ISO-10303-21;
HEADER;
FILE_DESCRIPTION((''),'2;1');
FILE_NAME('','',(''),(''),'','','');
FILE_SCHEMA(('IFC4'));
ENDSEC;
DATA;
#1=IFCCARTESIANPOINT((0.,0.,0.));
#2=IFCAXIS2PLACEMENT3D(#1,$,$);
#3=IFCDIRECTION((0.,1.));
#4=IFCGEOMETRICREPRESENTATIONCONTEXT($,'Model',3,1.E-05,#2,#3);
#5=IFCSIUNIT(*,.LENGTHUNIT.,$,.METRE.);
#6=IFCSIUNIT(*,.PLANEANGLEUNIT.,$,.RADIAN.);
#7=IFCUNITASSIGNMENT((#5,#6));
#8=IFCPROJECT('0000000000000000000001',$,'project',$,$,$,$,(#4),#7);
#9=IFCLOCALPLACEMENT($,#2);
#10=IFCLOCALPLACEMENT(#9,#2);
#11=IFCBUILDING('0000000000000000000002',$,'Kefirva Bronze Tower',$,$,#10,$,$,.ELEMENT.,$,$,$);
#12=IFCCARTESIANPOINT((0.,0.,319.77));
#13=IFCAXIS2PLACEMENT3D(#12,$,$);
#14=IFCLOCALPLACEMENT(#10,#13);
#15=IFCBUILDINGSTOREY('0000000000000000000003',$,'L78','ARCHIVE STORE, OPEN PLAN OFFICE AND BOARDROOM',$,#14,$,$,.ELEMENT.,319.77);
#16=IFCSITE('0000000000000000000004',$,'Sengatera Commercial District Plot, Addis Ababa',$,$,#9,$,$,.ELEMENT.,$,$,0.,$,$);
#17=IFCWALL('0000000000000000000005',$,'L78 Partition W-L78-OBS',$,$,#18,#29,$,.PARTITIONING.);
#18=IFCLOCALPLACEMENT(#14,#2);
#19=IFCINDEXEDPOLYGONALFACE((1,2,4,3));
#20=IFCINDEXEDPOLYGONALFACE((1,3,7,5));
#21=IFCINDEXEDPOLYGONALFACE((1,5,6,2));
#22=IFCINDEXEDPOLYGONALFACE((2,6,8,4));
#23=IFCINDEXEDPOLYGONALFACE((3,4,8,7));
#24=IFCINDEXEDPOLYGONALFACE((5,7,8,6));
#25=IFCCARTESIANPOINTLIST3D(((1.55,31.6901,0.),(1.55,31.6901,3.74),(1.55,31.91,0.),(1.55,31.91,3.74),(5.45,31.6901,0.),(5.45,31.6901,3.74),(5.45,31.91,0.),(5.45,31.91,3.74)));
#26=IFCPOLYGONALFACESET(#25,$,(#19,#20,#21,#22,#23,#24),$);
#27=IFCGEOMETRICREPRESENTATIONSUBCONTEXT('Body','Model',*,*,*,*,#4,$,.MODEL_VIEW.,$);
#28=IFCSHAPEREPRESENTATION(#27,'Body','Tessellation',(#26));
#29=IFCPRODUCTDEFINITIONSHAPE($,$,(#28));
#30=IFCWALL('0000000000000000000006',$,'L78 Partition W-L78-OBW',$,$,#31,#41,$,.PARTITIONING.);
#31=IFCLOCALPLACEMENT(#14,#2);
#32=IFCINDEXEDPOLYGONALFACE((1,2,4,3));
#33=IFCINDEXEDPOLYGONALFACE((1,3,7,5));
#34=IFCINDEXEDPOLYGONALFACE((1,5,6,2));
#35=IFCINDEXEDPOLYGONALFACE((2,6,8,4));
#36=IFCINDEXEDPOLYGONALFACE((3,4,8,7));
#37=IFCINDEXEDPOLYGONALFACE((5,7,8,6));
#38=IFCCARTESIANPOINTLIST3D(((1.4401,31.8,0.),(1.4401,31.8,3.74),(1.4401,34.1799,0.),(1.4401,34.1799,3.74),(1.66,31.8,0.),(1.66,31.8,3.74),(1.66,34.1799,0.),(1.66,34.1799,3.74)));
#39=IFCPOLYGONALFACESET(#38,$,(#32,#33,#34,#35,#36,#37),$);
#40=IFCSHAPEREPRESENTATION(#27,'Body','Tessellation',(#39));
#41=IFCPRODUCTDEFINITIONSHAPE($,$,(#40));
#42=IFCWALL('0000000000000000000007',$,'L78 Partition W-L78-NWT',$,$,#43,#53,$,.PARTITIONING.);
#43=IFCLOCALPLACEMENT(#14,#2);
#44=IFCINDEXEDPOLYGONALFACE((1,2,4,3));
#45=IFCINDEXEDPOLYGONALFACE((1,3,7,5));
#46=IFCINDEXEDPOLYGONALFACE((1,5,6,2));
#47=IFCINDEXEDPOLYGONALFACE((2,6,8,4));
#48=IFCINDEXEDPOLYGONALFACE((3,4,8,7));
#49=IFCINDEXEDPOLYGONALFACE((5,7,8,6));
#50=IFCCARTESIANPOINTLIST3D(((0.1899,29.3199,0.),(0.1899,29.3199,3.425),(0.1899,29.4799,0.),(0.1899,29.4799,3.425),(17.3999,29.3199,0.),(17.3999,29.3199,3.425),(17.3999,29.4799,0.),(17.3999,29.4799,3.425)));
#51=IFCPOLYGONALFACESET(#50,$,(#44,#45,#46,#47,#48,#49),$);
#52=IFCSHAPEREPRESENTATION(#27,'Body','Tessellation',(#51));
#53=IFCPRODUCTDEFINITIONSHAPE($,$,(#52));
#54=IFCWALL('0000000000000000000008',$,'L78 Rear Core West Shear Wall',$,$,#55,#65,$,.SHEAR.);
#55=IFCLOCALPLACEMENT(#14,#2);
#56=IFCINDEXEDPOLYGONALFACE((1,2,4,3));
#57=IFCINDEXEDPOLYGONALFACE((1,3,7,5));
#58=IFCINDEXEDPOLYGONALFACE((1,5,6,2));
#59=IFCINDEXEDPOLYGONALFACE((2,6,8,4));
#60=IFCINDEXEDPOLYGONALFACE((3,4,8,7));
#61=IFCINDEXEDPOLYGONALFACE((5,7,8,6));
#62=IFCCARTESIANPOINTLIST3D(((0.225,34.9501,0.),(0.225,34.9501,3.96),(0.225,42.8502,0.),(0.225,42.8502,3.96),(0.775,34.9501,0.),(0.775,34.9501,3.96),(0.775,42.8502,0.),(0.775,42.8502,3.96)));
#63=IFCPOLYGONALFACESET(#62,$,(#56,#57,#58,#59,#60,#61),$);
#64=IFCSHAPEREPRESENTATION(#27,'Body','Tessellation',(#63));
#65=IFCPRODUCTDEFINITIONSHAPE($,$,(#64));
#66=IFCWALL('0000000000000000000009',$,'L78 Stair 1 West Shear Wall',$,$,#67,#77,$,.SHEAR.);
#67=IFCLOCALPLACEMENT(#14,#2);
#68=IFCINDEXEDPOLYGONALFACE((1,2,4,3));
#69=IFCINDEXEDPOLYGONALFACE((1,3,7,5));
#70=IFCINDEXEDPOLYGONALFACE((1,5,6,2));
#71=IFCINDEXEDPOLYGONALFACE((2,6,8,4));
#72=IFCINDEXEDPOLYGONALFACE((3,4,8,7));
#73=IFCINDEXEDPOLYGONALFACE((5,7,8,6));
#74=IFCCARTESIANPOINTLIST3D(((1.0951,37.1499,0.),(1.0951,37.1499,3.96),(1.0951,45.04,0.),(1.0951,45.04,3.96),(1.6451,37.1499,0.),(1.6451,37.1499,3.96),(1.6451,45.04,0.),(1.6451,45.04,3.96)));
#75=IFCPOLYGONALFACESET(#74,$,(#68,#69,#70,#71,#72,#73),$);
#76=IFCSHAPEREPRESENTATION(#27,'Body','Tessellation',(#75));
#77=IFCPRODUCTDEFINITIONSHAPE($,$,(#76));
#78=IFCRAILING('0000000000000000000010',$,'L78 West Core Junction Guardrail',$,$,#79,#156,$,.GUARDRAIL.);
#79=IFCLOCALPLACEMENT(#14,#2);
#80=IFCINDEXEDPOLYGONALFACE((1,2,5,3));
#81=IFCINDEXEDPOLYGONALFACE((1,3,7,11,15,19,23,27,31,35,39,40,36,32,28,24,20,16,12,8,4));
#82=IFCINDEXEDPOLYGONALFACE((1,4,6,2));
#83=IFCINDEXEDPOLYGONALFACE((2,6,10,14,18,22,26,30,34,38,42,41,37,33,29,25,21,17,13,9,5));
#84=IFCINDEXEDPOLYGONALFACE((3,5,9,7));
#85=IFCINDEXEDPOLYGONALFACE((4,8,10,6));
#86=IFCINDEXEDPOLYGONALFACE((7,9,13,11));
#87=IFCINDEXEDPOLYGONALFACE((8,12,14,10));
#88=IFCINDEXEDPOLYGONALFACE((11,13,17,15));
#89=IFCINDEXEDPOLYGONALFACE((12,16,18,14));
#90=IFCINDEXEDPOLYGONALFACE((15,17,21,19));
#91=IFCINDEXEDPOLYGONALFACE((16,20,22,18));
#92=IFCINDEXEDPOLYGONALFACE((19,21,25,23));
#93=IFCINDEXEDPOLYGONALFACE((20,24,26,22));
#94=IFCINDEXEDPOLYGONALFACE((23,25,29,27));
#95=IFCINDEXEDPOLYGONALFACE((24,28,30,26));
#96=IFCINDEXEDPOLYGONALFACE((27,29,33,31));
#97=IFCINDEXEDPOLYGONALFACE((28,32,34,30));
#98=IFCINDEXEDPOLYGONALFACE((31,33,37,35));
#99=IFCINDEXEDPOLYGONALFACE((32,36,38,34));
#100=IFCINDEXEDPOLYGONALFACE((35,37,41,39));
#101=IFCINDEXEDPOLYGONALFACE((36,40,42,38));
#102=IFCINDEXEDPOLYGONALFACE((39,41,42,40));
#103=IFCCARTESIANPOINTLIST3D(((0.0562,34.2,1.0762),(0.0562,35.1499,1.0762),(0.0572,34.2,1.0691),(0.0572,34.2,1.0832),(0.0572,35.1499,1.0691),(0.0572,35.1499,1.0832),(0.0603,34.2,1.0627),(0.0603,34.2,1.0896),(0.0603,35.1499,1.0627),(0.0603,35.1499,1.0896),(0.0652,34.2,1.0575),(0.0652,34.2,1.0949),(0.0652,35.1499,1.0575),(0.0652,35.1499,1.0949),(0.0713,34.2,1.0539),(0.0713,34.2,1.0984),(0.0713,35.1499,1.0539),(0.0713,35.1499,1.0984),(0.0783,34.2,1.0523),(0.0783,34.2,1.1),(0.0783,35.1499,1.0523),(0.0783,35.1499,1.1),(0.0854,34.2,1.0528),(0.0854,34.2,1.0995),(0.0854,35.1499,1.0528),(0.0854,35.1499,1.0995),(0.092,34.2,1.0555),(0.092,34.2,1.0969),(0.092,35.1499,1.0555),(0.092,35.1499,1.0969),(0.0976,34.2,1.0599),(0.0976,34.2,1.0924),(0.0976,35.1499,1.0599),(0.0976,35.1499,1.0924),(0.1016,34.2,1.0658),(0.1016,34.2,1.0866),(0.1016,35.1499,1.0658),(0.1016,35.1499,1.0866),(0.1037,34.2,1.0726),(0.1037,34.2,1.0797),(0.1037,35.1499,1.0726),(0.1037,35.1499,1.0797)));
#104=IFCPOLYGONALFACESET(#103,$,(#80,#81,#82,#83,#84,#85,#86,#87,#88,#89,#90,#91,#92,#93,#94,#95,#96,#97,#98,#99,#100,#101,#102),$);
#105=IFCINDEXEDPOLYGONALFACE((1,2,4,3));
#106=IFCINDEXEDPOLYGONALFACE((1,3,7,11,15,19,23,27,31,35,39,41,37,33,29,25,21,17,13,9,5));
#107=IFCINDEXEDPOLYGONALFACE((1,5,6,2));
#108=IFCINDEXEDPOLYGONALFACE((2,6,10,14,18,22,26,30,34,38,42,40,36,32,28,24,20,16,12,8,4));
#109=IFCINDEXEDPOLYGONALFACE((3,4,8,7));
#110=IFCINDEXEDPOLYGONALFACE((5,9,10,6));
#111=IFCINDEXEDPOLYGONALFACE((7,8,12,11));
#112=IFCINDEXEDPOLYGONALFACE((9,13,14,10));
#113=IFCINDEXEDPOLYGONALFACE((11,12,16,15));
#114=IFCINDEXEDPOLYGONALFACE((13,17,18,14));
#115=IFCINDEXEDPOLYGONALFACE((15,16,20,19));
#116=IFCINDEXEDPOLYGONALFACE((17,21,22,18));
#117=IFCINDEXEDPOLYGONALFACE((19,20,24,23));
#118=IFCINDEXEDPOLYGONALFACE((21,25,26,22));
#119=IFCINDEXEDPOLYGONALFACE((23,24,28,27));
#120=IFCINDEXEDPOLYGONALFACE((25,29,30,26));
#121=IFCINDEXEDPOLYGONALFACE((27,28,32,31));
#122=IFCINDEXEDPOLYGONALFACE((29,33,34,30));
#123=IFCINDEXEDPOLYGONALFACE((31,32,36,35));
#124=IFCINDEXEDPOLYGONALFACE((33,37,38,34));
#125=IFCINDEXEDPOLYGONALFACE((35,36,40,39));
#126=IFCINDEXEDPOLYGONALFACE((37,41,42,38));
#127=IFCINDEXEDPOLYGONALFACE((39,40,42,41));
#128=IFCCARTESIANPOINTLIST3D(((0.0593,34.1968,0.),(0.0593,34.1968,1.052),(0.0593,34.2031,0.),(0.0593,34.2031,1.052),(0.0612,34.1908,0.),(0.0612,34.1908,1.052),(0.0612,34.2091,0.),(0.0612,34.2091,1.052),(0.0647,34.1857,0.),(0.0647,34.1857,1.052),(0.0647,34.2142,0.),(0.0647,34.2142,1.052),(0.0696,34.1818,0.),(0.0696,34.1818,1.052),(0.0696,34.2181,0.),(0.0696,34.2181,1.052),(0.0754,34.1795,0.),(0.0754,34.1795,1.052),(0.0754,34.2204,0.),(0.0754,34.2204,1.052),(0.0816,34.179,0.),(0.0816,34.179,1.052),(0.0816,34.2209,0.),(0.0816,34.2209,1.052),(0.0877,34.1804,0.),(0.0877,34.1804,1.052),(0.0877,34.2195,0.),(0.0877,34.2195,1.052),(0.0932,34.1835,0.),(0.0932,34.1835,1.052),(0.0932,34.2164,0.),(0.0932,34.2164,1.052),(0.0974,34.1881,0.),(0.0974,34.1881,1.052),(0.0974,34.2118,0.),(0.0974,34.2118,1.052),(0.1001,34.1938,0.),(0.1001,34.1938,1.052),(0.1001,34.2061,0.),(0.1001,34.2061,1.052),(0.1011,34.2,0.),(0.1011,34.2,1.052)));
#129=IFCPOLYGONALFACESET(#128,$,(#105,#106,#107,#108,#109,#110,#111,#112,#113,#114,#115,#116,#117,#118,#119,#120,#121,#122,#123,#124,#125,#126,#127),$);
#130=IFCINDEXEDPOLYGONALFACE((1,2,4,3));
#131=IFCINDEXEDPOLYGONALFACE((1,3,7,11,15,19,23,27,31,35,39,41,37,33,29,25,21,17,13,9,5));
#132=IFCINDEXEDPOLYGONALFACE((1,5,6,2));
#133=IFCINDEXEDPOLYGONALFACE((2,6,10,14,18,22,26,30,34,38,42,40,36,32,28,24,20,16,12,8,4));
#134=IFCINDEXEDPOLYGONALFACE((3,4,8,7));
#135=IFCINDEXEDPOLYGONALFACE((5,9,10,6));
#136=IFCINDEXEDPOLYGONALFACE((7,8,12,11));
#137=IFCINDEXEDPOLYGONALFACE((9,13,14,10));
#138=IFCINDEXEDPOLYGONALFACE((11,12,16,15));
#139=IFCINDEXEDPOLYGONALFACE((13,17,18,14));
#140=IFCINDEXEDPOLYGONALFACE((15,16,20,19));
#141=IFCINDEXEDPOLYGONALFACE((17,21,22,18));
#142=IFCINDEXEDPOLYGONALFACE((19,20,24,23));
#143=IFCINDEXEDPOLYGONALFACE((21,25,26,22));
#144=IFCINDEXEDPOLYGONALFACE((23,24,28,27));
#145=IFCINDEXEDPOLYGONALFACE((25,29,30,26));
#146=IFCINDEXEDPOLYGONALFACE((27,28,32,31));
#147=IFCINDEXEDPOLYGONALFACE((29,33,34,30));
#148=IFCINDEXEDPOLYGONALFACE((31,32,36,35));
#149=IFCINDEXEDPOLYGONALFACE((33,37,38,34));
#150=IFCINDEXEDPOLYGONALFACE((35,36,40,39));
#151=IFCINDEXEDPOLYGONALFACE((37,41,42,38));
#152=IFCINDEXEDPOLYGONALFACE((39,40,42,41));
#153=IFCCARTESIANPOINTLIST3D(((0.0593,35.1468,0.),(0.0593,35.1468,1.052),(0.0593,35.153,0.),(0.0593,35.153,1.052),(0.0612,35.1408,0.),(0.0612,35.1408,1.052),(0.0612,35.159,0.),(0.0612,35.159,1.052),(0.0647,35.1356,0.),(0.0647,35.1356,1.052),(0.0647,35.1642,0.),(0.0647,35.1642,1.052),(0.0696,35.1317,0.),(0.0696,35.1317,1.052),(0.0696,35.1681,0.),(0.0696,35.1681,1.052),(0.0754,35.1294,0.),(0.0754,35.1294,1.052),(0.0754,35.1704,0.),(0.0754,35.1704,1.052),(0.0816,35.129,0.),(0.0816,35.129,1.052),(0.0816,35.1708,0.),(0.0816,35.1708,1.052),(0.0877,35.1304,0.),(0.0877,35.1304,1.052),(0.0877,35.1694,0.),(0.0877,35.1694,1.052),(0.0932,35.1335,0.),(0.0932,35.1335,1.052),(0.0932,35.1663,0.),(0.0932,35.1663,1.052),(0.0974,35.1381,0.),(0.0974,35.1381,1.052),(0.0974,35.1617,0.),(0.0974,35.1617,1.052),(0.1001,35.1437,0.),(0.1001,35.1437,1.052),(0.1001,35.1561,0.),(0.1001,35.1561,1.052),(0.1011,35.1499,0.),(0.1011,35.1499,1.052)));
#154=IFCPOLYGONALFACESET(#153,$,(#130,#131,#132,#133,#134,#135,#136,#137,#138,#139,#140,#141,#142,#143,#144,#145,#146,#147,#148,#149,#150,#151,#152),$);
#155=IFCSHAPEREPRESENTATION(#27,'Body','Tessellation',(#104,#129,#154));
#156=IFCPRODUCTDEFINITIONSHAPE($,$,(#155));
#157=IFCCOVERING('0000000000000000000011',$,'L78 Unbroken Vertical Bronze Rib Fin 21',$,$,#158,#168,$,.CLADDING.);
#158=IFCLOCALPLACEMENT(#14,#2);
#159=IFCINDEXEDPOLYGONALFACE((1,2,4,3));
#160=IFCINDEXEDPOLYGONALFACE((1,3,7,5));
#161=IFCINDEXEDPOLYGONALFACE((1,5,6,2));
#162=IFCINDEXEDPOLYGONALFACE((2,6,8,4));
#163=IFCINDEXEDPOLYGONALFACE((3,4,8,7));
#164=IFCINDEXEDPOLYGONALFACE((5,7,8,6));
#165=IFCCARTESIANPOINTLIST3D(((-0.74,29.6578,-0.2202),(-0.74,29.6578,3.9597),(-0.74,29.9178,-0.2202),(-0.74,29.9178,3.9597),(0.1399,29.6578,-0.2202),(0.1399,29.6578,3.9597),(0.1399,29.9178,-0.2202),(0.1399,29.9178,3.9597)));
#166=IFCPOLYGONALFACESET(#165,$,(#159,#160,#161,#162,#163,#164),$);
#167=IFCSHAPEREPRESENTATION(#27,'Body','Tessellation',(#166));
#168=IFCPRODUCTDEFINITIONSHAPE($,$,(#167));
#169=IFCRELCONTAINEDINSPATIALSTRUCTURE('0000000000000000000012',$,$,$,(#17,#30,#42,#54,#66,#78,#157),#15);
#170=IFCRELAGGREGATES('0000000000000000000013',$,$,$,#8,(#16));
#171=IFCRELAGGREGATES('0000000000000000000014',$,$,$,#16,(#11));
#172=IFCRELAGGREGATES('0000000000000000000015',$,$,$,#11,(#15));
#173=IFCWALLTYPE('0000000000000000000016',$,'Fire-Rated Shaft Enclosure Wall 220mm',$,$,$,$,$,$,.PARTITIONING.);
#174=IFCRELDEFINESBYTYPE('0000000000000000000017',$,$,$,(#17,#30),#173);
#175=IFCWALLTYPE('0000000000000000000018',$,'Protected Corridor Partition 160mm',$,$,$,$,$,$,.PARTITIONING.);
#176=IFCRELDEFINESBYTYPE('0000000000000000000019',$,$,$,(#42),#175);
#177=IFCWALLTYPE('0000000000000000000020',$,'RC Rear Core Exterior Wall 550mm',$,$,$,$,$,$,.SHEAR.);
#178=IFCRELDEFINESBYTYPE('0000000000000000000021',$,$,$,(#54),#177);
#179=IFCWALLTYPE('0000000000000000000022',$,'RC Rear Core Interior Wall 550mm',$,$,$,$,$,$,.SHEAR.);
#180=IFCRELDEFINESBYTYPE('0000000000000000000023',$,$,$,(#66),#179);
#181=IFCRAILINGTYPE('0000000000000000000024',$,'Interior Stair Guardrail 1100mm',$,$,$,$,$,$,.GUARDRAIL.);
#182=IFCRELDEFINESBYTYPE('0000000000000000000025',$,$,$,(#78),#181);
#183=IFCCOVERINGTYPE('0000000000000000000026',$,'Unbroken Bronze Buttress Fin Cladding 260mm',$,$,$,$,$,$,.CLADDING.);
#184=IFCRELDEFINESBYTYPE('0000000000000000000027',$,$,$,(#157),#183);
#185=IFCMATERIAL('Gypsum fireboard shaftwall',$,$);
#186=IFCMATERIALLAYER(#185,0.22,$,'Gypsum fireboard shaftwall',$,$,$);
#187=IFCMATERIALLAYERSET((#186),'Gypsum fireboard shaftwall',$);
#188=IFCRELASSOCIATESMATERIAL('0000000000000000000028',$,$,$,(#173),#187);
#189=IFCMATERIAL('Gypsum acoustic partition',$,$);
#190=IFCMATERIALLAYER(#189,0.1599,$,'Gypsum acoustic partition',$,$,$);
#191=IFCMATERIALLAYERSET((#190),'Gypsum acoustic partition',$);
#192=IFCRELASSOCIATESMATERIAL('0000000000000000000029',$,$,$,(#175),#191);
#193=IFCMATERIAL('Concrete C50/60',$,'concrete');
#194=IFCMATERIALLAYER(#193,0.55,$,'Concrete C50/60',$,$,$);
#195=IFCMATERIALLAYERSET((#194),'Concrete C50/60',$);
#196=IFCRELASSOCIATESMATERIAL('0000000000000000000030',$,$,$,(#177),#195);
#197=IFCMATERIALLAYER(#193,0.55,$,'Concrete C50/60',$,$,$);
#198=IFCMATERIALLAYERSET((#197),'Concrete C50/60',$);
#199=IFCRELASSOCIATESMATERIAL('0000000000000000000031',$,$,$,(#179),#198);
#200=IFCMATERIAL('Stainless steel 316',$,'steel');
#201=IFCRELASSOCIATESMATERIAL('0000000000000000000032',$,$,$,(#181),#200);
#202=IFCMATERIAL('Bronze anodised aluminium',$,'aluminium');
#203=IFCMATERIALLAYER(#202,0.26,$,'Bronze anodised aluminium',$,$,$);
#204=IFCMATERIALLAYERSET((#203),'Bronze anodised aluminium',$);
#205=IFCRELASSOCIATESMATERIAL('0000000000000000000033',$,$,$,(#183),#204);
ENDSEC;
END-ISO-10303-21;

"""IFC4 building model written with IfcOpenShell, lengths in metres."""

from ifc_helpers import new_model, si_unit, direction, frame, frame_2d, origin, origin_2d, place, context, subcontext, project, spatial, rectangle, circle, extrude, material, layer, layer_set, type_object, element, save


model = new_model("IFC4")

# Units and contexts
model_context = context("Model", 3, precision=1e-05, world=origin(), true_north=direction((0.0, 1.0)))
body_context = subcontext(model_context, "Body", "Model", "MODEL_VIEW")
ifc_project = project(units=[si_unit("LENGTHUNIT", "METRE"), si_unit("PLANEANGLEUNIT", "RADIAN")], contexts=[model_context])

# Site, building, storey
site_placement = place(None, origin())
site = spatial("IfcSite", under=ifc_project, at=site_placement, Name="Sengatera Commercial District Plot, Addis Ababa", CompositionType="ELEMENT", RefElevation=0.0)
building_placement = place(site_placement, origin())
building = spatial("IfcBuilding", under=site, at=building_placement, Name="Kefirva Bronze Tower", CompositionType="ELEMENT")
storey_placement = place(building_placement, frame((0.0, 0.0, 319.77)))
storey = spatial("IfcBuildingStorey", under=building, at=storey_placement, Name="L78", Description="ARCHIVE STORE, OPEN PLAN OFFICE AND BOARDROOM", CompositionType="ELEMENT", Elevation=319.77)

# Shared definitions
ifc_material_1 = material(Name="Concrete C50/60", Category="concrete")

# Shared definitions
ifc_material_2 = material(Name="Bronze anodised aluminium", Category="aluminium")

# Walls
ifc_material_3 = material(Name="Gypsum fireboard shaftwall")
ifc_layer_1 = layer(ifc_material_3, 0.22, Name="Gypsum fireboard shaftwall")
ifc_layer_set_1 = layer_set([ifc_layer_1], Name="Gypsum fireboard shaftwall")
wall_type_1 = type_object("IfcWallType", Name="Fire-Rated Shaft Enclosure Wall 220mm", PredefinedType="PARTITIONING", material=ifc_layer_set_1)
wall_1_placement = place(storey_placement, frame((1.55, 31.8, 0.0), z_axis=(0.0, 0.0, 1.0), x_axis=(1.0, 0.0, 0.0)))
element("IfcWall", 1, at=wall_1_placement, inside=storey, type_object=wall_type_1, Name="L78 Partition W-L78-OBS", PredefinedType="PARTITIONING", context=body_context, shape_type="SweptSolid", body=[
    extrude(rectangle(XDim=3.8999, YDim=0.22, at=frame_2d((1.95, 0.0))), origin(), (0.0, 0.0, 1.0), 3.74),
])
wall_2_placement = place(storey_placement, frame((1.55, 31.8, 0.0), z_axis=(0.0, 0.0, 1.0), x_axis=(0.0, 1.0, 0.0)))
element("IfcWall", 2, at=wall_2_placement, inside=storey, type_object=wall_type_1, Name="L78 Partition W-L78-OBW", PredefinedType="PARTITIONING", context=body_context, shape_type="SweptSolid", body=[
    extrude(rectangle(XDim=2.3799, YDim=0.22, at=frame_2d((1.1899, 0.0))), origin(), (0.0, 0.0, 1.0), 3.74),
])
ifc_material_4 = material(Name="Gypsum acoustic partition")
ifc_layer_2 = layer(ifc_material_4, 0.1599, Name="Gypsum acoustic partition")
ifc_layer_set_2 = layer_set([ifc_layer_2], Name="Gypsum acoustic partition")
wall_type_2 = type_object("IfcWallType", Name="Protected Corridor Partition 160mm", PredefinedType="PARTITIONING", material=ifc_layer_set_2)
wall_3_placement = place(storey_placement, frame((0.1899, 29.3999, 0.0), z_axis=(0.0, 0.0, 1.0), x_axis=(1.0, 0.0, 0.0)))
element("IfcWall", 3, at=wall_3_placement, inside=storey, type_object=wall_type_2, Name="L78 Partition W-L78-NWT", PredefinedType="PARTITIONING", context=body_context, shape_type="SweptSolid", body=[
    extrude(rectangle(XDim=17.21, YDim=0.1599, at=frame_2d((8.605, 0.0))), origin(), (0.0, 0.0, 1.0), 3.425),
])
ifc_layer_3 = layer(ifc_material_1, 0.55, Name="Concrete C50/60")
ifc_layer_set_3 = layer_set([ifc_layer_3], Name="Concrete C50/60")
wall_type_3 = type_object("IfcWallType", Name="RC Rear Core Exterior Wall 550mm", PredefinedType="SHEAR", material=ifc_layer_set_3)
wall_4_placement = place(storey_placement, frame((0.5, 34.95, 0.0), z_axis=(0.0, 0.0, 1.0), x_axis=(0.0, 1.0, 0.0)))
element("IfcWall", 4, at=wall_4_placement, inside=storey, type_object=wall_type_3, Name="L78 Rear Core West Shear Wall", PredefinedType="SHEAR", context=body_context, shape_type="SweptSolid", body=[
    extrude(rectangle(XDim=7.9001, YDim=0.55, at=frame_2d((3.9502, 0.0))), origin(), (0.0, 0.0, 1.0), 3.96),
])

# Shared definitions
ifc_layer_4 = layer(ifc_material_1, 0.55, Name="Concrete C50/60")
ifc_layer_set_4 = layer_set([ifc_layer_4], Name="Concrete C50/60")
wall_type_4 = type_object("IfcWallType", Name="RC Rear Core Interior Wall 550mm", PredefinedType="SHEAR", material=ifc_layer_set_4)

# Wall
wall_5_placement = place(storey_placement, frame((1.3701, 37.1499, 0.0), z_axis=(0.0, 0.0, 1.0), x_axis=(0.0, 1.0, 0.0)))
element("IfcWall", 5, at=wall_5_placement, inside=storey, type_object=wall_type_4, Name="L78 Stair 1 West Shear Wall", PredefinedType="SHEAR", context=body_context, shape_type="SweptSolid", body=[
    extrude(rectangle(XDim=7.8901, YDim=0.55, at=frame_2d((3.9451, 0.0))), origin(), (0.0, 0.0, 1.0), 3.96),
])

# Railing
ifc_material_5 = material(Name="Stainless steel 316", Category="steel")
railing_type = type_object("IfcRailingType", Name="Interior Stair Guardrail 1100mm", PredefinedType="GUARDRAIL", material=ifc_material_5)
railing_placement = place(storey_placement, frame((0.0801, 34.2, 0.0)))
element("IfcRailing", 6, at=railing_placement, inside=storey, type_object=railing_type, Name="L78 West Core Junction Guardrail", PredefinedType="GUARDRAIL", context=body_context, shape_type="SweptSolid", body=[
    extrude(circle(Radius=0.0239, at=origin_2d()), frame((0.0, 0.0, 1.0762), z_axis=(0.0, 1.0, 0.0), x_axis=(-1.0, 0.0, 0.0)), (0.0, 0.0, 1.0), 0.95),
    extrude(circle(Radius=0.021, at=origin_2d()), origin(), (0.0, 0.0, 1.0), 1.052),
    extrude(circle(Radius=0.021, at=origin_2d()), frame((0.0, 0.95, 0.0)), (0.0, 0.0, 1.0), 1.052),
])

# Covering
ifc_layer_5 = layer(ifc_material_2, 0.26, Name="Bronze anodised aluminium")
ifc_layer_set_5 = layer_set([ifc_layer_5], Name="Bronze anodised aluminium")
covering_type = type_object("IfcCoveringType", Name="Unbroken Bronze Buttress Fin Cladding 260mm", PredefinedType="CLADDING", material=ifc_layer_set_5)
covering_placement = place(storey_placement, frame((-0.3, 29.7878, -0.2202), z_axis=(0.0, 0.0, 1.0), x_axis=(0.0, -1.0, 0.0)))
element("IfcCovering", 7, at=covering_placement, inside=storey, type_object=covering_type, Name="L78 Unbroken Vertical Bronze Rib Fin 21", PredefinedType="CLADDING", context=body_context, shape_type="SweptSolid", body=[
    extrude(rectangle(XDim=0.26, YDim=0.8799, at=origin_2d()), origin(), (0.0, 0.0, 1.0), 4.1799),
])

save(model, "model.ifc")
